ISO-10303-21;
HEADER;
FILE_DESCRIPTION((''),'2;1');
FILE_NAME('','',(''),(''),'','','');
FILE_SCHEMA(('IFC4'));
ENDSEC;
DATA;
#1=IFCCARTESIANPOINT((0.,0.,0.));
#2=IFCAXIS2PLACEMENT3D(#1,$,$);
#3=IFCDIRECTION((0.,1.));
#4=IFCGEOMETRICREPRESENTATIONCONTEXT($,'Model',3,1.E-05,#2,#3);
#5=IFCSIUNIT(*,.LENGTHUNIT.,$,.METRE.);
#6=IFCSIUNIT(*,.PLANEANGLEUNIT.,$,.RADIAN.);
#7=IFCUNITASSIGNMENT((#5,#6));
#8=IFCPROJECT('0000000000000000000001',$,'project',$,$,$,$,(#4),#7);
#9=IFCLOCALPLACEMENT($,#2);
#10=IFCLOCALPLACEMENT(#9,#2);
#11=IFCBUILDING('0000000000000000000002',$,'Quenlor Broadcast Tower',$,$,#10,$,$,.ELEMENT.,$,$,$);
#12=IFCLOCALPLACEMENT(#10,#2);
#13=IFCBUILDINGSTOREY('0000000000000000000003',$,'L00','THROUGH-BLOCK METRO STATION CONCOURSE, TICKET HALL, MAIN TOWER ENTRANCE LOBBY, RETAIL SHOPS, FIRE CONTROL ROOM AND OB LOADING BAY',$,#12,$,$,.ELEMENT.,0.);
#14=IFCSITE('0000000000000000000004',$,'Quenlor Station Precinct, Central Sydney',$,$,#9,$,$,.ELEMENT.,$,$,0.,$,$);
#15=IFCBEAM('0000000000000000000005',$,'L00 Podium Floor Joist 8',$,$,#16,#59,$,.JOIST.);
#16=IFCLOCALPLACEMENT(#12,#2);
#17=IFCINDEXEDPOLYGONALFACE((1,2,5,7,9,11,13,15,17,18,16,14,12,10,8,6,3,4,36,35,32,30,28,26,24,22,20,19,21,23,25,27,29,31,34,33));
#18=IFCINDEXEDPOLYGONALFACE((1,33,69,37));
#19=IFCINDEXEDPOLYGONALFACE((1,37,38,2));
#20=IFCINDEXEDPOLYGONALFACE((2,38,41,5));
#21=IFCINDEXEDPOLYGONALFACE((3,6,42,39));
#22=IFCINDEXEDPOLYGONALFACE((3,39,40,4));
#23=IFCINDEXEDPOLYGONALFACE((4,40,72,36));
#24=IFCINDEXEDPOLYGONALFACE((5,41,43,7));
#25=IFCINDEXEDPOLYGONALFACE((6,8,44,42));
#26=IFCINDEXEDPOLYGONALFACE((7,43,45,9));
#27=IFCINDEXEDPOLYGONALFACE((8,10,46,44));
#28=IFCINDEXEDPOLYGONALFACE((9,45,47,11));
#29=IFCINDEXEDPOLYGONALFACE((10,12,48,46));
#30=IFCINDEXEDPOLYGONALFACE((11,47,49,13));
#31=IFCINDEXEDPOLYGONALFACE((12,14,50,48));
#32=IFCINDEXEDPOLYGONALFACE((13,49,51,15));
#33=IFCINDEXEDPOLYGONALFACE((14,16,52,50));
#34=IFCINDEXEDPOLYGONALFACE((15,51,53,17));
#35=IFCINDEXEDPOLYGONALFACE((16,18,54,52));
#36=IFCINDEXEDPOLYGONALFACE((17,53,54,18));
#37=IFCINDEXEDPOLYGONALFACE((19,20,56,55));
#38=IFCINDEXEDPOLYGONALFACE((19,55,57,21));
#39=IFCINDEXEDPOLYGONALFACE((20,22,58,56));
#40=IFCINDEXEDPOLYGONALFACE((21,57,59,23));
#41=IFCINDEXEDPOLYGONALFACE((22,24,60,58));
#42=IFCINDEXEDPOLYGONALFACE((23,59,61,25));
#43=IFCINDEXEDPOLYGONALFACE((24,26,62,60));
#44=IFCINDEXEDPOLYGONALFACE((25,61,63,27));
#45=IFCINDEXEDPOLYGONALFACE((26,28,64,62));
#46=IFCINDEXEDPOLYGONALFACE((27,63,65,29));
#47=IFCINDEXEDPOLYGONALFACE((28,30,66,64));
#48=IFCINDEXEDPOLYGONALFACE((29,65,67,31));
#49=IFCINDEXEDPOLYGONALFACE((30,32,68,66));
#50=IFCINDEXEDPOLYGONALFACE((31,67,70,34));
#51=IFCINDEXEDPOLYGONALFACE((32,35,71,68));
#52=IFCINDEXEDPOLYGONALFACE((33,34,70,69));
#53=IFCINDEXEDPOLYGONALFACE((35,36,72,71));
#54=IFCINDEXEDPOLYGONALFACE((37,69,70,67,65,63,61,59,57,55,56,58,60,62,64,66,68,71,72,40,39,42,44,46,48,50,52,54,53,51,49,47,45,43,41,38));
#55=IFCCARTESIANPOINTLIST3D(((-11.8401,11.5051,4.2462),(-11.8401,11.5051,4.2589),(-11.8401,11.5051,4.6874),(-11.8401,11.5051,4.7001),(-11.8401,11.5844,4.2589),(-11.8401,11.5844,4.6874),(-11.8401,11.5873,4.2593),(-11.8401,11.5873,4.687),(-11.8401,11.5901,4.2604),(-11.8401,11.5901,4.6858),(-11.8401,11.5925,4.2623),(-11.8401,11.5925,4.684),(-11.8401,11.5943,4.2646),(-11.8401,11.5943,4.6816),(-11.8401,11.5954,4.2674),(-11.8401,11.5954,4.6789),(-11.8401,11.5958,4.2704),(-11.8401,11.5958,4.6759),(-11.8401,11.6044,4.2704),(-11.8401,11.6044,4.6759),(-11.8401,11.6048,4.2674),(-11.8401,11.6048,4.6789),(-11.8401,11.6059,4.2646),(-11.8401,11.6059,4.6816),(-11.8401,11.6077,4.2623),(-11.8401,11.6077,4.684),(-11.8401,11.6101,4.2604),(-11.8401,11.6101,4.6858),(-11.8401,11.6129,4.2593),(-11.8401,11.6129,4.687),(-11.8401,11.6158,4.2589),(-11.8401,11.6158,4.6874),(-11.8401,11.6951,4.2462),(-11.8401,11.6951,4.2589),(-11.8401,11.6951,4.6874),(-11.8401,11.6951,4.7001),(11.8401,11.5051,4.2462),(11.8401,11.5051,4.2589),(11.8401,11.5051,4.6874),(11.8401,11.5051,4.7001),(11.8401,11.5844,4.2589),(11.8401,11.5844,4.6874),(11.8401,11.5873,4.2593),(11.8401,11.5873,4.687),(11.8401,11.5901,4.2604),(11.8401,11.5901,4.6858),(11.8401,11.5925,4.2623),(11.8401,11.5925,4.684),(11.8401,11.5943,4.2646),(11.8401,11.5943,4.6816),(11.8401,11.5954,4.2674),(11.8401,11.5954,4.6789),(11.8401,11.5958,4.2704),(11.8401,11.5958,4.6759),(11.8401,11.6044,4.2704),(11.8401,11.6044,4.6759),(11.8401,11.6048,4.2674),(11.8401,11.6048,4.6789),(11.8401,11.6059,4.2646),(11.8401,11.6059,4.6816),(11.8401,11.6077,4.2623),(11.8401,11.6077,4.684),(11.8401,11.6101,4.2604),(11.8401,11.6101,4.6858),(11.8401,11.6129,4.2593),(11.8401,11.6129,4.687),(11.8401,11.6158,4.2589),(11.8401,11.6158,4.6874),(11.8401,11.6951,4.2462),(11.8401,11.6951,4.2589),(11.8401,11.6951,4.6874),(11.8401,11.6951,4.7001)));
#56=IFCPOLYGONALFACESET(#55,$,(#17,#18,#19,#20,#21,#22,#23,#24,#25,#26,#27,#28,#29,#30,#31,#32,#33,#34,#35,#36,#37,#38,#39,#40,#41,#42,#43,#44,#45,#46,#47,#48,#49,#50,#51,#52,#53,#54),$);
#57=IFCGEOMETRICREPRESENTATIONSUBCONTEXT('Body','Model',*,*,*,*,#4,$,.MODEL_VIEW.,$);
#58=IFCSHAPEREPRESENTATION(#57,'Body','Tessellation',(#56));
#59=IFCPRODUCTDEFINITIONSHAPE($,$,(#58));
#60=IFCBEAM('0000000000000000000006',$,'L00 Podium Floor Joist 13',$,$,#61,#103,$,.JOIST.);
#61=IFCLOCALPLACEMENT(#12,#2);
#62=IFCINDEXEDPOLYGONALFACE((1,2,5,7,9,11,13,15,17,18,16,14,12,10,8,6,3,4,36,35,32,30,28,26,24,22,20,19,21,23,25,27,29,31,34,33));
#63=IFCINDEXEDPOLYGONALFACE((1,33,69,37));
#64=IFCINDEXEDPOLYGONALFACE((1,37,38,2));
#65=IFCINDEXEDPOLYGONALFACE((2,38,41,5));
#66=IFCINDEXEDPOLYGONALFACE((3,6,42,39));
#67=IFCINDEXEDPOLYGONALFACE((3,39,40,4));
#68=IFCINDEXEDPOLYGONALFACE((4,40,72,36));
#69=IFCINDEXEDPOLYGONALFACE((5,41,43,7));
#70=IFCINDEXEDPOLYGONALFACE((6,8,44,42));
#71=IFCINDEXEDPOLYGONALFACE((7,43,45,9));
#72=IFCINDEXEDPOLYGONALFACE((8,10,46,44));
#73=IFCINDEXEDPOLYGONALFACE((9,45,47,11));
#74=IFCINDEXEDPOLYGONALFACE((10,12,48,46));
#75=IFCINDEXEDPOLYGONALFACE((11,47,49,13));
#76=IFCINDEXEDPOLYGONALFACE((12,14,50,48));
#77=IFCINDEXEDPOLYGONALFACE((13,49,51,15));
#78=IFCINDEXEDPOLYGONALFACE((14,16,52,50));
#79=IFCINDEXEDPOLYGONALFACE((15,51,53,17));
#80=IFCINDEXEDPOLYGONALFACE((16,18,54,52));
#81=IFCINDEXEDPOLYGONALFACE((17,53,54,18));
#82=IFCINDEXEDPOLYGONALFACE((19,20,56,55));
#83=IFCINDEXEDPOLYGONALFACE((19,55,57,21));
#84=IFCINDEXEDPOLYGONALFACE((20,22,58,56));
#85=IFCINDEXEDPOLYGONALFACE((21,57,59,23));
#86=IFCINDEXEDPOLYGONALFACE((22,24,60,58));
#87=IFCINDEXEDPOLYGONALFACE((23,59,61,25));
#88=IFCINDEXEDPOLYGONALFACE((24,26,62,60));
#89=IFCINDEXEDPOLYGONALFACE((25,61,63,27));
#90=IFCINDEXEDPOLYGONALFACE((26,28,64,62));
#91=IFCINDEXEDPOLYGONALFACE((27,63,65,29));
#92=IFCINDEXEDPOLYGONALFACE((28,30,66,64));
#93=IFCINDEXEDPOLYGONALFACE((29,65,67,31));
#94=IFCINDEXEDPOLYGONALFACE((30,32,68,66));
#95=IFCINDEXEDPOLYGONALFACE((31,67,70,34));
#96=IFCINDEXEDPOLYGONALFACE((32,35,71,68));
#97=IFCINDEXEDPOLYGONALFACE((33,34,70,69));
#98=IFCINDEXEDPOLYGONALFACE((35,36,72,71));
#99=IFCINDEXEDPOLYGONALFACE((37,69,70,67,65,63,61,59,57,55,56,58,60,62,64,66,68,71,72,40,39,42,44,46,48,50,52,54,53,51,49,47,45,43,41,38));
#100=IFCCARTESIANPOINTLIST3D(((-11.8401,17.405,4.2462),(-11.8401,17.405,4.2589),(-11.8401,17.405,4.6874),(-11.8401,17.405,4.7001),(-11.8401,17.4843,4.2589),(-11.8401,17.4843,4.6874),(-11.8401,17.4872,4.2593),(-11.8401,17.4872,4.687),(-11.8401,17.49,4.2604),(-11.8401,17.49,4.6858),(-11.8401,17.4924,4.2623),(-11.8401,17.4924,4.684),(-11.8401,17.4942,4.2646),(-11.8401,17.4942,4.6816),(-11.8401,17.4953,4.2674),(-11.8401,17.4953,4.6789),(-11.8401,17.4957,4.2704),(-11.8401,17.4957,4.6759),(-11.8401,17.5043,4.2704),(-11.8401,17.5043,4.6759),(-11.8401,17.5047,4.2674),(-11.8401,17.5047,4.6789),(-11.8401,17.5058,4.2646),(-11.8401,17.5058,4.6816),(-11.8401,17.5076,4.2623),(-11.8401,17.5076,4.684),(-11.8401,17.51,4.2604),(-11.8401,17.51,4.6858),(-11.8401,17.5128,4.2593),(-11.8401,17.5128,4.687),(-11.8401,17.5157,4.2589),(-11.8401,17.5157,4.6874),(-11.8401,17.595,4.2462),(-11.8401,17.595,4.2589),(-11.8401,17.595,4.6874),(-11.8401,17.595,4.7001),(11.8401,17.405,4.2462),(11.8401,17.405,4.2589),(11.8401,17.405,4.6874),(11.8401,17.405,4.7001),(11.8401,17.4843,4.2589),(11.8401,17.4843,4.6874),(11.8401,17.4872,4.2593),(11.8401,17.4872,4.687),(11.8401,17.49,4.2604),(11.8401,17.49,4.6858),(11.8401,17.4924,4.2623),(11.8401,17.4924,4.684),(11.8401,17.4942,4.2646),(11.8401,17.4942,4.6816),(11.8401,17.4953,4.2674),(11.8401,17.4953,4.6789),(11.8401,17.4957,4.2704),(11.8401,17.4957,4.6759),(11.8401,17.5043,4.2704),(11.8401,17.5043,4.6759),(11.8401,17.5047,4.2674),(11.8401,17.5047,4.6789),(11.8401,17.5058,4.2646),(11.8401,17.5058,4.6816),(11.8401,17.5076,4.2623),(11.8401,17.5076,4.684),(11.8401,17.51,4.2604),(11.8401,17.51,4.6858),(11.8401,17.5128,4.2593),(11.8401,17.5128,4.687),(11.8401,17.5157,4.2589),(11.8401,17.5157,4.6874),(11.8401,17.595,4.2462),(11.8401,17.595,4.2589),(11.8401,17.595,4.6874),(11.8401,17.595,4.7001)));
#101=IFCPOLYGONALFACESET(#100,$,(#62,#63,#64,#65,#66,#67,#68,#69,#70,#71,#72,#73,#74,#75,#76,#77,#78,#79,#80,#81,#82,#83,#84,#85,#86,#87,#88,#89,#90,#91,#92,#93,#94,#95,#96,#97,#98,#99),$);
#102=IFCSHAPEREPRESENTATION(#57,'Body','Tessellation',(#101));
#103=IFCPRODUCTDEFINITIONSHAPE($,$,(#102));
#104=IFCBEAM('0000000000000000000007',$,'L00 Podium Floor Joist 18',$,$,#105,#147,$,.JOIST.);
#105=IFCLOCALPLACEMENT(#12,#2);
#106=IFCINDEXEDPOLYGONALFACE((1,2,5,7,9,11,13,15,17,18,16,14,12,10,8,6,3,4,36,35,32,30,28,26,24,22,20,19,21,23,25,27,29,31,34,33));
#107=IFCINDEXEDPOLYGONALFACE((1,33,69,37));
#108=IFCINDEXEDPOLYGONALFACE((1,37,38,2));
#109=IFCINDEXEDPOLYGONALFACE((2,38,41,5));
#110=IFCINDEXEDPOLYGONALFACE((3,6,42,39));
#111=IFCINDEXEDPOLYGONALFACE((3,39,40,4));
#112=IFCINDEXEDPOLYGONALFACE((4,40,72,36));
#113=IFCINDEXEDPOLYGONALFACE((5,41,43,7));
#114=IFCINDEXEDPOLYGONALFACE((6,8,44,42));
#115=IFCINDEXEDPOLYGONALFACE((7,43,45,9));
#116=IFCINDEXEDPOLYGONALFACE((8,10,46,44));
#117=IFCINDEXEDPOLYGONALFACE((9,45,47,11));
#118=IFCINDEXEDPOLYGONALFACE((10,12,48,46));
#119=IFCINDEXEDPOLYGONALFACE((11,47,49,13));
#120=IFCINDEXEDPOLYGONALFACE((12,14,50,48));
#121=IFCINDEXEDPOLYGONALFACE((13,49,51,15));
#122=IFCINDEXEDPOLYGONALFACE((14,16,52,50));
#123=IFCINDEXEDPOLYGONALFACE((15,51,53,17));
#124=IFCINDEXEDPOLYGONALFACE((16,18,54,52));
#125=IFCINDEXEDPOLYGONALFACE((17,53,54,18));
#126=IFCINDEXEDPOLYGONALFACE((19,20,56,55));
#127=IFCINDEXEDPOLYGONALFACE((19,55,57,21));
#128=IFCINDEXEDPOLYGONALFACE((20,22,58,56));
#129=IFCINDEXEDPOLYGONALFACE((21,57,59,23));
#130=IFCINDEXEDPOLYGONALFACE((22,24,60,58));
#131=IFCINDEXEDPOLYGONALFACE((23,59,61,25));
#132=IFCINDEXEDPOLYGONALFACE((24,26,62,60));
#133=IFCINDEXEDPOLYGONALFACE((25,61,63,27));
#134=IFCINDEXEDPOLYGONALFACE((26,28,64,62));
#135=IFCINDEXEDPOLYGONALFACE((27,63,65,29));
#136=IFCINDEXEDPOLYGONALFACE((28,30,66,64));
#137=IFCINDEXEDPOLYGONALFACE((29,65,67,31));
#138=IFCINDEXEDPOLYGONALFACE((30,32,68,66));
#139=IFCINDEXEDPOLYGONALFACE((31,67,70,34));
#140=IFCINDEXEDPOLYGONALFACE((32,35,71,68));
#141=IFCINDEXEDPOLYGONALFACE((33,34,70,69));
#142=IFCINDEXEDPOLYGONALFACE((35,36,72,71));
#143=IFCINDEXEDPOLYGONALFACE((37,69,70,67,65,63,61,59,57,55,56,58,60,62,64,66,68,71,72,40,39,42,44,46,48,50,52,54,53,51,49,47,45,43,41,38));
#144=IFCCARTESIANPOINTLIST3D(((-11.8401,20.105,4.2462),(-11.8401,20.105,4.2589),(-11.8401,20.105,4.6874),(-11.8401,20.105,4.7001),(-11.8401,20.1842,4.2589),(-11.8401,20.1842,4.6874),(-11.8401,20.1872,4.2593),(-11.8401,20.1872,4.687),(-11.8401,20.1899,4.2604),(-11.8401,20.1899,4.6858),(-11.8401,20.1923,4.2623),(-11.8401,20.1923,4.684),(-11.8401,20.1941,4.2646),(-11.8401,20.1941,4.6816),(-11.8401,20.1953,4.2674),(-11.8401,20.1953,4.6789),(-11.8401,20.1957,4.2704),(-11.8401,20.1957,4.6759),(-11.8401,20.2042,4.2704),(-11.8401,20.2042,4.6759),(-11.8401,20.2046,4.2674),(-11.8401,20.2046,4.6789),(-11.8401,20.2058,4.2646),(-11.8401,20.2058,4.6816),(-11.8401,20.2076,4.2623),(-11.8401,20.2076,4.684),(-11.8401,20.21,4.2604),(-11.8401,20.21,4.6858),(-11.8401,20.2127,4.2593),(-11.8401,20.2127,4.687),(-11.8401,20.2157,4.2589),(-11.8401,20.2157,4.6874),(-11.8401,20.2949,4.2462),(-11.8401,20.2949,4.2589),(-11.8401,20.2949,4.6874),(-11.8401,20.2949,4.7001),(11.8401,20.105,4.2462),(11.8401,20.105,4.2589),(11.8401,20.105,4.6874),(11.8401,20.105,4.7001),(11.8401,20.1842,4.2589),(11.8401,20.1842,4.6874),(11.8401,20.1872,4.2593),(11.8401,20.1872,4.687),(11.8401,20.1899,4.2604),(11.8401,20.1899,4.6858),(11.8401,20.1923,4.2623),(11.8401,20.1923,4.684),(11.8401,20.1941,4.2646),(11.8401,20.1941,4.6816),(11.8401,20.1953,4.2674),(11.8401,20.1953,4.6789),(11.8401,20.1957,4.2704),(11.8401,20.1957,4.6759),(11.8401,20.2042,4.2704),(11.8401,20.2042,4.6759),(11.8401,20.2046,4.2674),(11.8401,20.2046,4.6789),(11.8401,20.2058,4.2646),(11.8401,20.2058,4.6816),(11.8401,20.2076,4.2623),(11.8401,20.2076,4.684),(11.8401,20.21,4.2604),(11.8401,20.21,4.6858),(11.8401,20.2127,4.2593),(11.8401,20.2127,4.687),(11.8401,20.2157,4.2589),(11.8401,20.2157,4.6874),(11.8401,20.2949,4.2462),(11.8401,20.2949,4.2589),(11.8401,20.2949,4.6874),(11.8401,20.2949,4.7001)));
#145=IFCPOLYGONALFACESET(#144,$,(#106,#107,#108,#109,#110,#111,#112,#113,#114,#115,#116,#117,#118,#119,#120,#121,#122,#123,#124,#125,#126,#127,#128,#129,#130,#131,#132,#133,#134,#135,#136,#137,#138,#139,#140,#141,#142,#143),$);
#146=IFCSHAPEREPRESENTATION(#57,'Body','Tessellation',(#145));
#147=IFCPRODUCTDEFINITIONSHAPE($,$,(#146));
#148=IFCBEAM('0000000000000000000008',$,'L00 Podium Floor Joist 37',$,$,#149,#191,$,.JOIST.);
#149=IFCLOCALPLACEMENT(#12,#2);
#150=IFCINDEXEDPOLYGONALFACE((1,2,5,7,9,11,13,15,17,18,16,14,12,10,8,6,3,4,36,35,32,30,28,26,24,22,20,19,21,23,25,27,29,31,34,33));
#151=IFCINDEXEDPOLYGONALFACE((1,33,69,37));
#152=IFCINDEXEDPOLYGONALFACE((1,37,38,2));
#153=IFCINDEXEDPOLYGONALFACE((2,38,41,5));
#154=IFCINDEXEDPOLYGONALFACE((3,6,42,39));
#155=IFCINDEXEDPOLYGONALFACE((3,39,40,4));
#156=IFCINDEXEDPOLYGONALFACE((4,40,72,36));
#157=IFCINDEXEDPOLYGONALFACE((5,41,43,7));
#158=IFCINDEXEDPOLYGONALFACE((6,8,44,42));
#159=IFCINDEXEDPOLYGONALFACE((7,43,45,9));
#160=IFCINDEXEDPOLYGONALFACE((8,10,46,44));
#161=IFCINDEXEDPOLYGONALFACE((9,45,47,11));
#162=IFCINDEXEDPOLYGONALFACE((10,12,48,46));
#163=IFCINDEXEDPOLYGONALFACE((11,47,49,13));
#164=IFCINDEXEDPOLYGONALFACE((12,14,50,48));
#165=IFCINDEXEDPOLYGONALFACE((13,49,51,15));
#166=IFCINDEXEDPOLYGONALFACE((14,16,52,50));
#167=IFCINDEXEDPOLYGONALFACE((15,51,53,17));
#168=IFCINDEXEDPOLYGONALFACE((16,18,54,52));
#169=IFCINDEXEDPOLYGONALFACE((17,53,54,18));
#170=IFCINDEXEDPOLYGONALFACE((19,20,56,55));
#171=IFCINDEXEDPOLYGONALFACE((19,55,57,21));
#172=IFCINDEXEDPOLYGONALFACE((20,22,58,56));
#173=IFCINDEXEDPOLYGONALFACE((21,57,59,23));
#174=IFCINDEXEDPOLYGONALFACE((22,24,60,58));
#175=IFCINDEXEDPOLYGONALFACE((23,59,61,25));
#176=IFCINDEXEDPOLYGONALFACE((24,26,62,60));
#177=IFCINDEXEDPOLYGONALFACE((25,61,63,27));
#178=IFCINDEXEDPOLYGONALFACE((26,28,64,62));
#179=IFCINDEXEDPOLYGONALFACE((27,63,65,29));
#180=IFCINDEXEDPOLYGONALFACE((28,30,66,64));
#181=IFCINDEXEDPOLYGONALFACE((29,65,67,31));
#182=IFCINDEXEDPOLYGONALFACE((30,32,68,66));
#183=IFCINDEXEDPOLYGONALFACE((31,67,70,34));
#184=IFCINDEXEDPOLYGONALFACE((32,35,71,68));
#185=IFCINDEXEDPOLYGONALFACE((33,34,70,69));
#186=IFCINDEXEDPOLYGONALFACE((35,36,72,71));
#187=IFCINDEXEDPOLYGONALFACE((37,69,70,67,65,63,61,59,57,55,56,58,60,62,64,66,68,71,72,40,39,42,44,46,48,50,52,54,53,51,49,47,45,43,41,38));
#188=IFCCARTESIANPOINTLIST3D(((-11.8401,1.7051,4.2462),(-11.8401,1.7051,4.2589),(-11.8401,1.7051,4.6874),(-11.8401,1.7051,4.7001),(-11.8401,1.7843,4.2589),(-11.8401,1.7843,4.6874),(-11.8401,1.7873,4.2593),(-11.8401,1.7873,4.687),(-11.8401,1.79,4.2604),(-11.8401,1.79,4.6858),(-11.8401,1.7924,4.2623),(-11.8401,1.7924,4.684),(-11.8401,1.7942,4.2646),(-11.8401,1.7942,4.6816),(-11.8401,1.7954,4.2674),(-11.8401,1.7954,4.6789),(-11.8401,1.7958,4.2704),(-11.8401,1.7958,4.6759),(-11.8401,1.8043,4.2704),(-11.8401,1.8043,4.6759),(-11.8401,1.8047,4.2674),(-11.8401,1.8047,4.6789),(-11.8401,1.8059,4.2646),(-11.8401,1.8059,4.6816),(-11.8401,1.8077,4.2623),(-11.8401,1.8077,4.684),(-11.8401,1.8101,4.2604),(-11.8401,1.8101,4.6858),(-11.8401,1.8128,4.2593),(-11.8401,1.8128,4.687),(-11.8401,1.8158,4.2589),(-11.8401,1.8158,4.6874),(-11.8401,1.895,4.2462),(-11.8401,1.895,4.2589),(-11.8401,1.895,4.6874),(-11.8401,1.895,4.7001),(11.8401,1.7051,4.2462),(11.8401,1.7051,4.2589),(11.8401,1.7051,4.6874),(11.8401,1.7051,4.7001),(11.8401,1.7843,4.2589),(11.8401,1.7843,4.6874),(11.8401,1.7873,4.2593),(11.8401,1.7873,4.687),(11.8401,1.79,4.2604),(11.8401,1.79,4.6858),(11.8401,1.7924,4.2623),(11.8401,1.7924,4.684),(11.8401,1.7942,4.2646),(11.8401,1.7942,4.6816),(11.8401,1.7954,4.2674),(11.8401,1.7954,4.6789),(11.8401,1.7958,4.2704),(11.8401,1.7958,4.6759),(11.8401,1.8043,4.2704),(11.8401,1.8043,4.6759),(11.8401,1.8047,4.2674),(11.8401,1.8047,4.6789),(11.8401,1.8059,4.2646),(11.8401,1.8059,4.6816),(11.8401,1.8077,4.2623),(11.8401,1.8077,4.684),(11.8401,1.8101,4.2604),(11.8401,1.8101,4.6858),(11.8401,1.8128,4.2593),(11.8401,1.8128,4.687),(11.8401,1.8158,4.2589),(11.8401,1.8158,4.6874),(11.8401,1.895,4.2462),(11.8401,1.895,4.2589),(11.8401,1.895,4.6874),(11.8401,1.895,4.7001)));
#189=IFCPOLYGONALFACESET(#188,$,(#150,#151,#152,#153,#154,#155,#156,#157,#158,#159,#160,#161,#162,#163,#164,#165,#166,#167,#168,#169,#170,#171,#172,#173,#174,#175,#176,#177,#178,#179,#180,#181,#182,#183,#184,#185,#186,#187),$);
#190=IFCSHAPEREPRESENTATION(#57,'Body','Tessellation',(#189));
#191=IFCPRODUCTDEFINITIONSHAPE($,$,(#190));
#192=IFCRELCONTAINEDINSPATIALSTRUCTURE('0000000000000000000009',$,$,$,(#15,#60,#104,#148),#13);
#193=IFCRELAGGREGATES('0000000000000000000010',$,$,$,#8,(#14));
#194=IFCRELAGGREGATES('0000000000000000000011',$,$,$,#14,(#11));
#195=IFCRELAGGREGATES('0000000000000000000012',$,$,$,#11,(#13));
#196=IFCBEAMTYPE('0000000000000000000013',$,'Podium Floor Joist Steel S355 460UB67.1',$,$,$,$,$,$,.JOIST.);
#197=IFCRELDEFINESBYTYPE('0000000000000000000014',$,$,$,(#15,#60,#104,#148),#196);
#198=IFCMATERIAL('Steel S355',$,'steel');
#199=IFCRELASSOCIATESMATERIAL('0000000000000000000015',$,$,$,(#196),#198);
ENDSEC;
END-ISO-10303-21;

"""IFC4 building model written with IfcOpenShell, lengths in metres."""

from ifc_helpers import new_model, si_unit, direction, frame, origin, origin_2d, place, context, subcontext, project, spatial, i_section, extrude, material, material_profile, profile_set, type_object, element, save


model = new_model("IFC4")

# Units and contexts
model_context = context("Model", 3, precision=1e-05, world=origin(), true_north=direction((0.0, 1.0)))
body_context = subcontext(model_context, "Body", "Model", "MODEL_VIEW")
ifc_project = project(units=[si_unit("LENGTHUNIT", "METRE"), si_unit("PLANEANGLEUNIT", "RADIAN")], contexts=[model_context])

# Site, building, storey
site_placement = place(None, origin())
site = spatial("IfcSite", under=ifc_project, at=site_placement, Name="Quenlor Station Precinct, Central Sydney", CompositionType="ELEMENT", RefElevation=0.0)
building_placement = place(site_placement, origin())
building = spatial("IfcBuilding", under=site, at=building_placement, Name="Quenlor Broadcast Tower", CompositionType="ELEMENT")
storey_placement = place(building_placement, origin())
storey = spatial("IfcBuildingStorey", under=building, at=storey_placement, Name="L00", Description="THROUGH-BLOCK METRO STATION CONCOURSE, TICKET HALL, MAIN TOWER ENTRANCE LOBBY, RETAIL SHOPS, FIRE CONTROL ROOM AND OB LOADING BAY", CompositionType="ELEMENT", Elevation=0.0)

# Beams
ifc_material_1 = material(Name="Steel S355", Category="steel")
ifc_material_profile_1 = material_profile(ifc_material_1, i_section(OverallWidth=0.1899, OverallDepth=0.4539, WebThickness=0.0085, FlangeThickness=0.0127, FilletRadius=0.0115, at=origin_2d()))
ifc_profile_set_1 = profile_set([ifc_material_profile_1], Name="Steel S355 460UB67.1")
beam_type_1 = type_object("IfcBeamType", Name="Podium Floor Joist Steel S355 460UB67.1", PredefinedType="JOIST", material=ifc_profile_set_1)
for number, where, z_axis, x_axis, name in (
    (1, (-11.8401, 11.6001, 4.4731), (1.0, 0.0, 0.0), (0.0, 1.0, 0.0), "L00 Podium Floor Joist 8"),
    (2, (-11.8401, 17.5, 4.4731), (1.0, 0.0, 0.0), (0.0, 1.0, 0.0), "L00 Podium Floor Joist 13"),
    (3, (-11.8401, 20.2, 4.4731), (1.0, 0.0, 0.0), (0.0, 1.0, 0.0), "L00 Podium Floor Joist 18"),
    (4, (-11.8401, 1.8, 4.4731), (1.0, 0.0, 0.0), (0.0, 1.0, 0.0), "L00 Podium Floor Joist 37"),
):
    element("IfcBeam", number, at=place(storey_placement, frame(where, z_axis=z_axis, x_axis=x_axis)), inside=storey, type_object=beam_type_1, Name=name, PredefinedType="JOIST", context=body_context, shape_type="SweptSolid", body=[
        extrude(i_section(OverallWidth=0.1899, OverallDepth=0.4539, WebThickness=0.0085, FlangeThickness=0.0127, FilletRadius=0.0115, at=origin_2d()), origin(), (0.0, 0.0, 1.0), 23.6802),
    ])

save(model, "model.ifc")
